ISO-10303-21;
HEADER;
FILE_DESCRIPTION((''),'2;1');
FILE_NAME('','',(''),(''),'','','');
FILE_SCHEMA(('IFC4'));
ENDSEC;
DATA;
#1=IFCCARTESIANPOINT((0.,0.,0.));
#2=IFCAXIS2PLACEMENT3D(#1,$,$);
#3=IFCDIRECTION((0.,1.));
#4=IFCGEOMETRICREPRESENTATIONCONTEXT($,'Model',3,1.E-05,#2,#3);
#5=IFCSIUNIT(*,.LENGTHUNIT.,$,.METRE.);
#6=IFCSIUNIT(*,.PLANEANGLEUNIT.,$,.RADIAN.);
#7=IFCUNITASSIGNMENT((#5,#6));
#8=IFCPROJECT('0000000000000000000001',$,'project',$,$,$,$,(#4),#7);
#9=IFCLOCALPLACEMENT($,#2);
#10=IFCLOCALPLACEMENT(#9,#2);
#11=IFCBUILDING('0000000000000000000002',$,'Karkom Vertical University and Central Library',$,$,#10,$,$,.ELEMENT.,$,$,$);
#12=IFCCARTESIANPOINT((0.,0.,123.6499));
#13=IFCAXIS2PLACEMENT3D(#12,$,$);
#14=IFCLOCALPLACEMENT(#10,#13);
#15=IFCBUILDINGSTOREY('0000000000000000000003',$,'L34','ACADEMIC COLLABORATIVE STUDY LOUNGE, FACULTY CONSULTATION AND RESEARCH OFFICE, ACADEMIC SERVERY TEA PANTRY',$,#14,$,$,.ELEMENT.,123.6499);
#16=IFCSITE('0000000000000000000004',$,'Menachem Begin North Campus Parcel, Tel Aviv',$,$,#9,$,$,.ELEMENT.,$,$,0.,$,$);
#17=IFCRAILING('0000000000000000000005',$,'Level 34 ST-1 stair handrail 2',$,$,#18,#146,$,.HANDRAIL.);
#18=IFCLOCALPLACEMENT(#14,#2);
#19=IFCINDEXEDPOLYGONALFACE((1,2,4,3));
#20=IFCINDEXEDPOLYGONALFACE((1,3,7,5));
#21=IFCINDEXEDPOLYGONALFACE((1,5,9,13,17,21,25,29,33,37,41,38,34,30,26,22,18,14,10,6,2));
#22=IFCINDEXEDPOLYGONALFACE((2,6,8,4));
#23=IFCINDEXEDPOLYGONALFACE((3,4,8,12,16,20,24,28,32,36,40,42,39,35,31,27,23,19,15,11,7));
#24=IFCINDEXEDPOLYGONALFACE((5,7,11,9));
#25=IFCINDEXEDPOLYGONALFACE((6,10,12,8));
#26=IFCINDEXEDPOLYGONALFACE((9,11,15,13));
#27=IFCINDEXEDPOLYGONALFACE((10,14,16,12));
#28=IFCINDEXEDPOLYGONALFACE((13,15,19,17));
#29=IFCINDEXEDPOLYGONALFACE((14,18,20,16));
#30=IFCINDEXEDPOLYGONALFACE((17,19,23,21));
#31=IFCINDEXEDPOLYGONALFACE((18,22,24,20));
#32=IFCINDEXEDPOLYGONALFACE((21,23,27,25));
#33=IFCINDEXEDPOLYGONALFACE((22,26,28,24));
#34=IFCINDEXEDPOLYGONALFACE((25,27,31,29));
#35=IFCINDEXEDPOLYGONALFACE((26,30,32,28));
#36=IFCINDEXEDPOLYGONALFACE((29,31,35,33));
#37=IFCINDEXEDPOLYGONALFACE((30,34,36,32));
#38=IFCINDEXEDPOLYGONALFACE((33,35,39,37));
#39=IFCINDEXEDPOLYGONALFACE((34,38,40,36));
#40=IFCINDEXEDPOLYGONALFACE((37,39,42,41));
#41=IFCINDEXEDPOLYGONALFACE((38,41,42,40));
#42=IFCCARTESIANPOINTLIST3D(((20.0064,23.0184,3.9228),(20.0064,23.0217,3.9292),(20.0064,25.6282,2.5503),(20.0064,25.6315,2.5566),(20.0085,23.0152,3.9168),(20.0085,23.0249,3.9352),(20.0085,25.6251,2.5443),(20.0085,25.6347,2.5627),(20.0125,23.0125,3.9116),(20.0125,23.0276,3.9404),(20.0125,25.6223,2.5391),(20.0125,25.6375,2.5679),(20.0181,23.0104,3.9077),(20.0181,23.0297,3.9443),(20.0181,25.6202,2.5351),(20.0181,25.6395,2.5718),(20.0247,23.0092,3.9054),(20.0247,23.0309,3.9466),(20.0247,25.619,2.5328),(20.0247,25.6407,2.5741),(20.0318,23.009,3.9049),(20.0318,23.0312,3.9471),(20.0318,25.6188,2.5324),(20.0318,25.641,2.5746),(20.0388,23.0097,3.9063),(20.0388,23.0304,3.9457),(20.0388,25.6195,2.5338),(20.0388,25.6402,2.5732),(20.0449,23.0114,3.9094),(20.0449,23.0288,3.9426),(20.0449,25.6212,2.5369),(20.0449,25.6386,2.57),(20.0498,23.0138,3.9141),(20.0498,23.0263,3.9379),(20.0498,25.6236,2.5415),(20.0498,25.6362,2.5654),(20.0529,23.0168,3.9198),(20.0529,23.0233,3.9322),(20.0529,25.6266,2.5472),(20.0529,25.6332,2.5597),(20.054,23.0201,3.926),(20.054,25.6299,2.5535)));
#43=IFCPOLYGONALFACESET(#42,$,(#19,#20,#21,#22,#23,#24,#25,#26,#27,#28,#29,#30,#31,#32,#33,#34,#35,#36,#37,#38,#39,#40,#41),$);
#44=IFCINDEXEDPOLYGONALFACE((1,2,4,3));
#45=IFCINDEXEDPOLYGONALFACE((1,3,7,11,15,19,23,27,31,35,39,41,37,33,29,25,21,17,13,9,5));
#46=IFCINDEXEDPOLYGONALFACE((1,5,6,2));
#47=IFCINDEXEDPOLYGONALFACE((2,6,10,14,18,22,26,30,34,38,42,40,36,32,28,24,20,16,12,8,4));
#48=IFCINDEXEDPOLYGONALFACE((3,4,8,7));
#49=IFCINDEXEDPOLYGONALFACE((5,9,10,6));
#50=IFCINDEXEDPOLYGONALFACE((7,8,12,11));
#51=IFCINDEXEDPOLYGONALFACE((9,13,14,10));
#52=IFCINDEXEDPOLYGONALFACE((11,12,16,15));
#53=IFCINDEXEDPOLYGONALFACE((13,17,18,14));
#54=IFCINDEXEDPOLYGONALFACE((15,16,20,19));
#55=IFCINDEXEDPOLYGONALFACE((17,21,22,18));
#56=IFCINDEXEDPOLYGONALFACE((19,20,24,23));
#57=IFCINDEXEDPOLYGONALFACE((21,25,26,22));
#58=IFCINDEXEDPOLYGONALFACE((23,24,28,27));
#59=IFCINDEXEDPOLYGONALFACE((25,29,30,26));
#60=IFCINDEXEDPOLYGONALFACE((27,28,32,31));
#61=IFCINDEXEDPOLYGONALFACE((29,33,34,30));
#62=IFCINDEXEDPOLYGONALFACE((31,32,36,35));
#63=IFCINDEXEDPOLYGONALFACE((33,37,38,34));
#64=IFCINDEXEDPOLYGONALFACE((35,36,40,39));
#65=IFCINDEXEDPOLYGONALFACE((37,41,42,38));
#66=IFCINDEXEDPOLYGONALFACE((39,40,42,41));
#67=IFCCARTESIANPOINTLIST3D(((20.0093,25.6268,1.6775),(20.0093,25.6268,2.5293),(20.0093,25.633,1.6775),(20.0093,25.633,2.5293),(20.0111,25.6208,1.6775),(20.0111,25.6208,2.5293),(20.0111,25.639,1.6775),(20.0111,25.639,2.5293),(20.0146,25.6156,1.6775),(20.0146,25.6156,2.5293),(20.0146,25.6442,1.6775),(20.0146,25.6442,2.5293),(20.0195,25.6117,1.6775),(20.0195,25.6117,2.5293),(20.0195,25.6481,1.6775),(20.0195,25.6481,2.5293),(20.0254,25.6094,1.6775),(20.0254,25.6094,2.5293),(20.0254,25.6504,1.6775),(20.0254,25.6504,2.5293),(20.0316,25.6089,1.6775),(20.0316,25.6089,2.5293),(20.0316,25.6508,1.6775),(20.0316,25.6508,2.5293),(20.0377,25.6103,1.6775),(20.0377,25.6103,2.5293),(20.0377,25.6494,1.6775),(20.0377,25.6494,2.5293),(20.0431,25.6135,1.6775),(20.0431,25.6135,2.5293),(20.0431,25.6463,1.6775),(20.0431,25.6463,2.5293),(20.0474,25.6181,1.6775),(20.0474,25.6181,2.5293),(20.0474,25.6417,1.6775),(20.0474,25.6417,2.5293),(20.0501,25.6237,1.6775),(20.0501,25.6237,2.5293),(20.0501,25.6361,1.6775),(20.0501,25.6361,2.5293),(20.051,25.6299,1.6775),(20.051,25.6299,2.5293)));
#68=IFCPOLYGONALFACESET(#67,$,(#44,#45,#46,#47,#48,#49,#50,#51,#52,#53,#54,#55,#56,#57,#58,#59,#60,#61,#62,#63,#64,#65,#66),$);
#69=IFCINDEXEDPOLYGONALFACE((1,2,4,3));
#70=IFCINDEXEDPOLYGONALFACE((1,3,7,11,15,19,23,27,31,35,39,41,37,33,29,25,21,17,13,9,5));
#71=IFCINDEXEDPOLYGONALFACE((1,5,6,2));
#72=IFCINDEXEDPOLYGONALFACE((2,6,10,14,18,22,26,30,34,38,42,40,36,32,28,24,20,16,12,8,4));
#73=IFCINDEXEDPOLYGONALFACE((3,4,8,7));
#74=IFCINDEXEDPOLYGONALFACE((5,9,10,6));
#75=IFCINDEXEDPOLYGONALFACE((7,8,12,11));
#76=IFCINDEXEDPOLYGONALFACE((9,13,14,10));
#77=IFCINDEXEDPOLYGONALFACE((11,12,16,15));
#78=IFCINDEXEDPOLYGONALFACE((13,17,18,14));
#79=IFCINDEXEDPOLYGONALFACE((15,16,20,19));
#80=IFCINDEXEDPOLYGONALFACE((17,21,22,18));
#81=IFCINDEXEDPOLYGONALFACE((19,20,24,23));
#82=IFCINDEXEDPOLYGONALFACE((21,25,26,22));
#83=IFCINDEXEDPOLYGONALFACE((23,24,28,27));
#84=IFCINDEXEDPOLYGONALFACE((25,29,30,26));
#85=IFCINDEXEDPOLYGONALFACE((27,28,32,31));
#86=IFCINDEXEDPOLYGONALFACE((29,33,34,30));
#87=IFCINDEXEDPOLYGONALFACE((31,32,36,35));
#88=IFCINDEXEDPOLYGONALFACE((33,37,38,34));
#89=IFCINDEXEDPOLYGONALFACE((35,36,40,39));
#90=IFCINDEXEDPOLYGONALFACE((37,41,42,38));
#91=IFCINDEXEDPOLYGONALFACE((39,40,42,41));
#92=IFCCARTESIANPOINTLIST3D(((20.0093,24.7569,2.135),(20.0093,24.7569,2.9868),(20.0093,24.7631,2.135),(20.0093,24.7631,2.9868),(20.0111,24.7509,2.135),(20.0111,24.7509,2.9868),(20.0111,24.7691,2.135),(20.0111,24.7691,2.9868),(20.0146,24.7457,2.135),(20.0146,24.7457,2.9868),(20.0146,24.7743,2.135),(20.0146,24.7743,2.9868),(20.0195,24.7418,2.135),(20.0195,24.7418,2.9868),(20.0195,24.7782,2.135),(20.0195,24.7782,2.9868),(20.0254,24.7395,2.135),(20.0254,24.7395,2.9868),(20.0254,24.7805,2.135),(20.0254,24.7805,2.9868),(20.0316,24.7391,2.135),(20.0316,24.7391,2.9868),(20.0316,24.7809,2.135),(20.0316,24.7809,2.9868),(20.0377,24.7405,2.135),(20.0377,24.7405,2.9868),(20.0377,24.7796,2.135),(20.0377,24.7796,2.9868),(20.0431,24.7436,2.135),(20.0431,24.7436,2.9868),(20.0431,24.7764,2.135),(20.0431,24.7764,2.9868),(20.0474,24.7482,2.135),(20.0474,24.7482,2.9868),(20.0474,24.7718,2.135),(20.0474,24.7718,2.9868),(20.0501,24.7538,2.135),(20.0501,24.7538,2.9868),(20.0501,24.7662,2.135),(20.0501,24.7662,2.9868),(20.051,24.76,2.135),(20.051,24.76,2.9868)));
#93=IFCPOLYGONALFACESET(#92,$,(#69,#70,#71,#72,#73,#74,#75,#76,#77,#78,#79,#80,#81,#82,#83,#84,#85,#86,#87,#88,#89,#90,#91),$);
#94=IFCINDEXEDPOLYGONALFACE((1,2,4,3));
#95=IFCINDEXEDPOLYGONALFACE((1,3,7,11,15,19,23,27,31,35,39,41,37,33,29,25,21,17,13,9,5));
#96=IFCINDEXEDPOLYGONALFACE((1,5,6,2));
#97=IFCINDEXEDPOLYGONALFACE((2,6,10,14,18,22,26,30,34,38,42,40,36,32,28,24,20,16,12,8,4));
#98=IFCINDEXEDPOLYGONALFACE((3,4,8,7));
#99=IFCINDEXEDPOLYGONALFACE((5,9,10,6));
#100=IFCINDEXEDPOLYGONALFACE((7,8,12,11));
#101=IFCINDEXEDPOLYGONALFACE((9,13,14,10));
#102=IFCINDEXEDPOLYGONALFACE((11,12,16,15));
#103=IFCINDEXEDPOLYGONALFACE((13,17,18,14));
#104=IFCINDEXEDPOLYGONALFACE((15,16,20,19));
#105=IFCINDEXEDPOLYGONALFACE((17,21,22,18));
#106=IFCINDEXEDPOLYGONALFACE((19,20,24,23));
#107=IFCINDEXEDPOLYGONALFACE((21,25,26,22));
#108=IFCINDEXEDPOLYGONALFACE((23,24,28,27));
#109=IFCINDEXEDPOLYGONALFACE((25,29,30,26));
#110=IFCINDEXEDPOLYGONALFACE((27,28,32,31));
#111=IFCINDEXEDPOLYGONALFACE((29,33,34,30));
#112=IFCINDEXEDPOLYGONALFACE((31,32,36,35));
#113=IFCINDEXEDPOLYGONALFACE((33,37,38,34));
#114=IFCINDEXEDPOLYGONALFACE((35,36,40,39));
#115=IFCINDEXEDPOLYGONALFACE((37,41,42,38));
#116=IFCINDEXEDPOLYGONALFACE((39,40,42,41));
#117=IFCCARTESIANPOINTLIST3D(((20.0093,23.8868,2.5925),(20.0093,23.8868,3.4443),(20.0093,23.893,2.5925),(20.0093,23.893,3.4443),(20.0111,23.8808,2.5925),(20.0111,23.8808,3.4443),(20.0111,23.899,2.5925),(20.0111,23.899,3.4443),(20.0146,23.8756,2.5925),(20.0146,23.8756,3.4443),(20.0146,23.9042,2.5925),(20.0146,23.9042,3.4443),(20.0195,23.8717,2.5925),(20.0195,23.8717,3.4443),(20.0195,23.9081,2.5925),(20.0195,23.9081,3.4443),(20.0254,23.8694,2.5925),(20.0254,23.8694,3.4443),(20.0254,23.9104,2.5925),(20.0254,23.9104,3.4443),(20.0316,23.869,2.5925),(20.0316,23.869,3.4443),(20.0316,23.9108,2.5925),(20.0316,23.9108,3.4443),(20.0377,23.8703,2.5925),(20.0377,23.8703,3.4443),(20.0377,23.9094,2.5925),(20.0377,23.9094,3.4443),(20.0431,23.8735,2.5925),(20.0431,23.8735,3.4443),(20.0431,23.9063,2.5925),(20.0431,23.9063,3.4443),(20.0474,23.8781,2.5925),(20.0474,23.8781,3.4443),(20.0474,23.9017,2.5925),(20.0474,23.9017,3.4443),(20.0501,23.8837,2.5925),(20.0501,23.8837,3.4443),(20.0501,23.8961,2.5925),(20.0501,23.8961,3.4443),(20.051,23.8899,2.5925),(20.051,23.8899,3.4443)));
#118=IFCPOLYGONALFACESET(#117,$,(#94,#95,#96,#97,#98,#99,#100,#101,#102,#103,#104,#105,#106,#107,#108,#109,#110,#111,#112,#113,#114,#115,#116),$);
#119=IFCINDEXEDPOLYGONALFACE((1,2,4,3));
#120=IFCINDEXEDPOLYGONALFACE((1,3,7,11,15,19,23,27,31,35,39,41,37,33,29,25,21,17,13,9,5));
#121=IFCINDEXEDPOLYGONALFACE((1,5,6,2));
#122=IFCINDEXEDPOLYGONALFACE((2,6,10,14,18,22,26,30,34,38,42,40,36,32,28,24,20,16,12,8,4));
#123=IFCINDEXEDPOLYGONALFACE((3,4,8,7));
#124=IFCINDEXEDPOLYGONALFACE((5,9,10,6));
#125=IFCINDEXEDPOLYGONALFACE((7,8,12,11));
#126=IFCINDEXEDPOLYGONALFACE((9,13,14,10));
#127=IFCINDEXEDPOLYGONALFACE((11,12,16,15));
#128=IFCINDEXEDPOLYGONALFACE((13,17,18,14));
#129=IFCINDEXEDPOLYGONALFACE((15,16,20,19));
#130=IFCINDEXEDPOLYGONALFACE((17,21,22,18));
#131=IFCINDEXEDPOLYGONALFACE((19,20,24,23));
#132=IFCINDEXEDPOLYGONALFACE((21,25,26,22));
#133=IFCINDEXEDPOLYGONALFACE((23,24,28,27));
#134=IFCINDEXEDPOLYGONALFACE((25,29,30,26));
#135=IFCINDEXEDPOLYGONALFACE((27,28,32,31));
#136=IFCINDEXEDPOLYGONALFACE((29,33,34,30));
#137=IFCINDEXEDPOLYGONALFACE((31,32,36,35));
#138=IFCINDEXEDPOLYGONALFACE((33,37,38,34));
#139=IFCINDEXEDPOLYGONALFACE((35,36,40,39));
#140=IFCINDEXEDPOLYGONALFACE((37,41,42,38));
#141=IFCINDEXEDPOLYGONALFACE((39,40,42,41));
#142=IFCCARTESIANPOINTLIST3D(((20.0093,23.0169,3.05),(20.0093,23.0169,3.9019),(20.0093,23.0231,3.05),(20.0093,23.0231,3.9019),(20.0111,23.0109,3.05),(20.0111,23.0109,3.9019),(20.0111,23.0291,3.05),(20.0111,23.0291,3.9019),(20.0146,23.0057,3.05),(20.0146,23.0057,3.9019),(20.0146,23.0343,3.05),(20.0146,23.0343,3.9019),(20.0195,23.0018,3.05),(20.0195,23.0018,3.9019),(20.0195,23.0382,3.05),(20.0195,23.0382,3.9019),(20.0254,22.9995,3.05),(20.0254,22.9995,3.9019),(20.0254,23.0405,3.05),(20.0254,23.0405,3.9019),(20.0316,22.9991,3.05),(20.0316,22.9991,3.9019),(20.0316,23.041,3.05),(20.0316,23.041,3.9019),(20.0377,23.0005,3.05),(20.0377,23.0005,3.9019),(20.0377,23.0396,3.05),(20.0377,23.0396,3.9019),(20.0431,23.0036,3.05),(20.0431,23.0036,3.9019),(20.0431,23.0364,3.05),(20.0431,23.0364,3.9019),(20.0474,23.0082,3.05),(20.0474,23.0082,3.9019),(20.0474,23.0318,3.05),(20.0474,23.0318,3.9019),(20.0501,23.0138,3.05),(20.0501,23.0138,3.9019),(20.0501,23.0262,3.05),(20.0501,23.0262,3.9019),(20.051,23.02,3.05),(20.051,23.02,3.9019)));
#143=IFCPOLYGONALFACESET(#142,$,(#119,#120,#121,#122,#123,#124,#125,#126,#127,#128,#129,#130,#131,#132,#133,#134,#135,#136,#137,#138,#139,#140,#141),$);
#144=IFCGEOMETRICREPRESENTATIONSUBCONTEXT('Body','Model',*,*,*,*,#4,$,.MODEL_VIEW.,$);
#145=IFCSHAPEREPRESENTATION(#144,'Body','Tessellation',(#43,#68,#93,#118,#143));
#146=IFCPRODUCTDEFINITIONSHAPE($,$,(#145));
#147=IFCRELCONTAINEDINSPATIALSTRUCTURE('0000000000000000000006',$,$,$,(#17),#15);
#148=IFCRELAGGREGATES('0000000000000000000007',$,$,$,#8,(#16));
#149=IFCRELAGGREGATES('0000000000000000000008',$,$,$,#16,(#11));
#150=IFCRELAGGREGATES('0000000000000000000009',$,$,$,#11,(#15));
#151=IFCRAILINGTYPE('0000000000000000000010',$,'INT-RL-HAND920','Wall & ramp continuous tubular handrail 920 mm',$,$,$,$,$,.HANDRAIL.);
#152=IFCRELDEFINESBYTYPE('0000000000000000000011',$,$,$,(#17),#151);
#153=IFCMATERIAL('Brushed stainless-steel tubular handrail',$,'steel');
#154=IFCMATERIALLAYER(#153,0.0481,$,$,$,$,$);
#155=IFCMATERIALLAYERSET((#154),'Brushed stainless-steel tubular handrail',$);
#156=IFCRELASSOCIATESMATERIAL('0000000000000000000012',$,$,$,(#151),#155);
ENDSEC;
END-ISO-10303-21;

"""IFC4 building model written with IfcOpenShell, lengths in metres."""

from ifc_helpers import new_model, si_unit, direction, frame, origin, origin_2d, place, context, subcontext, project, spatial, circle, extrude, material, layer, layer_set, type_object, element, save


model = new_model("IFC4")

# Units and contexts
model_context = context("Model", 3, precision=1e-05, world=origin(), true_north=direction((0.0, 1.0)))
body_context = subcontext(model_context, "Body", "Model", "MODEL_VIEW")
ifc_project = project(units=[si_unit("LENGTHUNIT", "METRE"), si_unit("PLANEANGLEUNIT", "RADIAN")], contexts=[model_context])

# Site, building, storey
site_placement = place(None, origin())
site = spatial("IfcSite", under=ifc_project, at=site_placement, Name="Menachem Begin North Campus Parcel, Tel Aviv", CompositionType="ELEMENT", RefElevation=0.0)
building_placement = place(site_placement, origin())
building = spatial("IfcBuilding", under=site, at=building_placement, Name="Karkom Vertical University and Central Library", CompositionType="ELEMENT")
storey_placement = place(building_placement, frame((0.0, 0.0, 123.6499)))
storey = spatial("IfcBuildingStorey", under=building, at=storey_placement, Name="L34", Description="ACADEMIC COLLABORATIVE STUDY LOUNGE, FACULTY CONSULTATION AND RESEARCH OFFICE, ACADEMIC SERVERY TEA PANTRY", CompositionType="ELEMENT", Elevation=123.6499)

# Railing
ifc_material_1 = material(Name="Brushed stainless-steel tubular handrail", Category="steel")
ifc_layer_1 = layer(ifc_material_1, 0.0481)
ifc_layer_set_1 = layer_set([ifc_layer_1], Name="Brushed stainless-steel tubular handrail")
railing_type_1 = type_object("IfcRailingType", Name="INT-RL-HAND920", Description="Wall & ramp continuous tubular handrail 920 mm", PredefinedType="HANDRAIL", material=ifc_layer_set_1)
railing_1_placement = place(storey_placement, frame((20.03, 25.6299, 1.6775)))
element("IfcRailing", 1, at=railing_1_placement, inside=storey, type_object=railing_type_1, Name="Level 34 ST-1 stair handrail 2", PredefinedType="HANDRAIL", context=body_context, shape_type="SweptSolid", body=[
    extrude(circle(Radius=0.0239, at=origin_2d()), frame((0.0, 0.0, 0.876), z_axis=(0.0, -0.885065, 0.465467), x_axis=(1.0, 0.0, 0.0)), (0.0, 0.0, 1.0), 2.9487),
    extrude(circle(Radius=0.021, at=origin_2d()), origin(), (0.0, 0.0, 1.0), 0.8518),
    extrude(circle(Radius=0.021, at=origin_2d()), frame((0.0, -0.8699, 0.4575)), (0.0, 0.0, 1.0), 0.8518),
    extrude(circle(Radius=0.021, at=origin_2d()), frame((0.0, -1.74, 0.915)), (0.0, 0.0, 1.0), 0.8518),
    extrude(circle(Radius=0.021, at=origin_2d()), frame((0.0, -2.6099, 1.3726)), (0.0, 0.0, 1.0), 0.8518),
])

save(model, "model.ifc")
